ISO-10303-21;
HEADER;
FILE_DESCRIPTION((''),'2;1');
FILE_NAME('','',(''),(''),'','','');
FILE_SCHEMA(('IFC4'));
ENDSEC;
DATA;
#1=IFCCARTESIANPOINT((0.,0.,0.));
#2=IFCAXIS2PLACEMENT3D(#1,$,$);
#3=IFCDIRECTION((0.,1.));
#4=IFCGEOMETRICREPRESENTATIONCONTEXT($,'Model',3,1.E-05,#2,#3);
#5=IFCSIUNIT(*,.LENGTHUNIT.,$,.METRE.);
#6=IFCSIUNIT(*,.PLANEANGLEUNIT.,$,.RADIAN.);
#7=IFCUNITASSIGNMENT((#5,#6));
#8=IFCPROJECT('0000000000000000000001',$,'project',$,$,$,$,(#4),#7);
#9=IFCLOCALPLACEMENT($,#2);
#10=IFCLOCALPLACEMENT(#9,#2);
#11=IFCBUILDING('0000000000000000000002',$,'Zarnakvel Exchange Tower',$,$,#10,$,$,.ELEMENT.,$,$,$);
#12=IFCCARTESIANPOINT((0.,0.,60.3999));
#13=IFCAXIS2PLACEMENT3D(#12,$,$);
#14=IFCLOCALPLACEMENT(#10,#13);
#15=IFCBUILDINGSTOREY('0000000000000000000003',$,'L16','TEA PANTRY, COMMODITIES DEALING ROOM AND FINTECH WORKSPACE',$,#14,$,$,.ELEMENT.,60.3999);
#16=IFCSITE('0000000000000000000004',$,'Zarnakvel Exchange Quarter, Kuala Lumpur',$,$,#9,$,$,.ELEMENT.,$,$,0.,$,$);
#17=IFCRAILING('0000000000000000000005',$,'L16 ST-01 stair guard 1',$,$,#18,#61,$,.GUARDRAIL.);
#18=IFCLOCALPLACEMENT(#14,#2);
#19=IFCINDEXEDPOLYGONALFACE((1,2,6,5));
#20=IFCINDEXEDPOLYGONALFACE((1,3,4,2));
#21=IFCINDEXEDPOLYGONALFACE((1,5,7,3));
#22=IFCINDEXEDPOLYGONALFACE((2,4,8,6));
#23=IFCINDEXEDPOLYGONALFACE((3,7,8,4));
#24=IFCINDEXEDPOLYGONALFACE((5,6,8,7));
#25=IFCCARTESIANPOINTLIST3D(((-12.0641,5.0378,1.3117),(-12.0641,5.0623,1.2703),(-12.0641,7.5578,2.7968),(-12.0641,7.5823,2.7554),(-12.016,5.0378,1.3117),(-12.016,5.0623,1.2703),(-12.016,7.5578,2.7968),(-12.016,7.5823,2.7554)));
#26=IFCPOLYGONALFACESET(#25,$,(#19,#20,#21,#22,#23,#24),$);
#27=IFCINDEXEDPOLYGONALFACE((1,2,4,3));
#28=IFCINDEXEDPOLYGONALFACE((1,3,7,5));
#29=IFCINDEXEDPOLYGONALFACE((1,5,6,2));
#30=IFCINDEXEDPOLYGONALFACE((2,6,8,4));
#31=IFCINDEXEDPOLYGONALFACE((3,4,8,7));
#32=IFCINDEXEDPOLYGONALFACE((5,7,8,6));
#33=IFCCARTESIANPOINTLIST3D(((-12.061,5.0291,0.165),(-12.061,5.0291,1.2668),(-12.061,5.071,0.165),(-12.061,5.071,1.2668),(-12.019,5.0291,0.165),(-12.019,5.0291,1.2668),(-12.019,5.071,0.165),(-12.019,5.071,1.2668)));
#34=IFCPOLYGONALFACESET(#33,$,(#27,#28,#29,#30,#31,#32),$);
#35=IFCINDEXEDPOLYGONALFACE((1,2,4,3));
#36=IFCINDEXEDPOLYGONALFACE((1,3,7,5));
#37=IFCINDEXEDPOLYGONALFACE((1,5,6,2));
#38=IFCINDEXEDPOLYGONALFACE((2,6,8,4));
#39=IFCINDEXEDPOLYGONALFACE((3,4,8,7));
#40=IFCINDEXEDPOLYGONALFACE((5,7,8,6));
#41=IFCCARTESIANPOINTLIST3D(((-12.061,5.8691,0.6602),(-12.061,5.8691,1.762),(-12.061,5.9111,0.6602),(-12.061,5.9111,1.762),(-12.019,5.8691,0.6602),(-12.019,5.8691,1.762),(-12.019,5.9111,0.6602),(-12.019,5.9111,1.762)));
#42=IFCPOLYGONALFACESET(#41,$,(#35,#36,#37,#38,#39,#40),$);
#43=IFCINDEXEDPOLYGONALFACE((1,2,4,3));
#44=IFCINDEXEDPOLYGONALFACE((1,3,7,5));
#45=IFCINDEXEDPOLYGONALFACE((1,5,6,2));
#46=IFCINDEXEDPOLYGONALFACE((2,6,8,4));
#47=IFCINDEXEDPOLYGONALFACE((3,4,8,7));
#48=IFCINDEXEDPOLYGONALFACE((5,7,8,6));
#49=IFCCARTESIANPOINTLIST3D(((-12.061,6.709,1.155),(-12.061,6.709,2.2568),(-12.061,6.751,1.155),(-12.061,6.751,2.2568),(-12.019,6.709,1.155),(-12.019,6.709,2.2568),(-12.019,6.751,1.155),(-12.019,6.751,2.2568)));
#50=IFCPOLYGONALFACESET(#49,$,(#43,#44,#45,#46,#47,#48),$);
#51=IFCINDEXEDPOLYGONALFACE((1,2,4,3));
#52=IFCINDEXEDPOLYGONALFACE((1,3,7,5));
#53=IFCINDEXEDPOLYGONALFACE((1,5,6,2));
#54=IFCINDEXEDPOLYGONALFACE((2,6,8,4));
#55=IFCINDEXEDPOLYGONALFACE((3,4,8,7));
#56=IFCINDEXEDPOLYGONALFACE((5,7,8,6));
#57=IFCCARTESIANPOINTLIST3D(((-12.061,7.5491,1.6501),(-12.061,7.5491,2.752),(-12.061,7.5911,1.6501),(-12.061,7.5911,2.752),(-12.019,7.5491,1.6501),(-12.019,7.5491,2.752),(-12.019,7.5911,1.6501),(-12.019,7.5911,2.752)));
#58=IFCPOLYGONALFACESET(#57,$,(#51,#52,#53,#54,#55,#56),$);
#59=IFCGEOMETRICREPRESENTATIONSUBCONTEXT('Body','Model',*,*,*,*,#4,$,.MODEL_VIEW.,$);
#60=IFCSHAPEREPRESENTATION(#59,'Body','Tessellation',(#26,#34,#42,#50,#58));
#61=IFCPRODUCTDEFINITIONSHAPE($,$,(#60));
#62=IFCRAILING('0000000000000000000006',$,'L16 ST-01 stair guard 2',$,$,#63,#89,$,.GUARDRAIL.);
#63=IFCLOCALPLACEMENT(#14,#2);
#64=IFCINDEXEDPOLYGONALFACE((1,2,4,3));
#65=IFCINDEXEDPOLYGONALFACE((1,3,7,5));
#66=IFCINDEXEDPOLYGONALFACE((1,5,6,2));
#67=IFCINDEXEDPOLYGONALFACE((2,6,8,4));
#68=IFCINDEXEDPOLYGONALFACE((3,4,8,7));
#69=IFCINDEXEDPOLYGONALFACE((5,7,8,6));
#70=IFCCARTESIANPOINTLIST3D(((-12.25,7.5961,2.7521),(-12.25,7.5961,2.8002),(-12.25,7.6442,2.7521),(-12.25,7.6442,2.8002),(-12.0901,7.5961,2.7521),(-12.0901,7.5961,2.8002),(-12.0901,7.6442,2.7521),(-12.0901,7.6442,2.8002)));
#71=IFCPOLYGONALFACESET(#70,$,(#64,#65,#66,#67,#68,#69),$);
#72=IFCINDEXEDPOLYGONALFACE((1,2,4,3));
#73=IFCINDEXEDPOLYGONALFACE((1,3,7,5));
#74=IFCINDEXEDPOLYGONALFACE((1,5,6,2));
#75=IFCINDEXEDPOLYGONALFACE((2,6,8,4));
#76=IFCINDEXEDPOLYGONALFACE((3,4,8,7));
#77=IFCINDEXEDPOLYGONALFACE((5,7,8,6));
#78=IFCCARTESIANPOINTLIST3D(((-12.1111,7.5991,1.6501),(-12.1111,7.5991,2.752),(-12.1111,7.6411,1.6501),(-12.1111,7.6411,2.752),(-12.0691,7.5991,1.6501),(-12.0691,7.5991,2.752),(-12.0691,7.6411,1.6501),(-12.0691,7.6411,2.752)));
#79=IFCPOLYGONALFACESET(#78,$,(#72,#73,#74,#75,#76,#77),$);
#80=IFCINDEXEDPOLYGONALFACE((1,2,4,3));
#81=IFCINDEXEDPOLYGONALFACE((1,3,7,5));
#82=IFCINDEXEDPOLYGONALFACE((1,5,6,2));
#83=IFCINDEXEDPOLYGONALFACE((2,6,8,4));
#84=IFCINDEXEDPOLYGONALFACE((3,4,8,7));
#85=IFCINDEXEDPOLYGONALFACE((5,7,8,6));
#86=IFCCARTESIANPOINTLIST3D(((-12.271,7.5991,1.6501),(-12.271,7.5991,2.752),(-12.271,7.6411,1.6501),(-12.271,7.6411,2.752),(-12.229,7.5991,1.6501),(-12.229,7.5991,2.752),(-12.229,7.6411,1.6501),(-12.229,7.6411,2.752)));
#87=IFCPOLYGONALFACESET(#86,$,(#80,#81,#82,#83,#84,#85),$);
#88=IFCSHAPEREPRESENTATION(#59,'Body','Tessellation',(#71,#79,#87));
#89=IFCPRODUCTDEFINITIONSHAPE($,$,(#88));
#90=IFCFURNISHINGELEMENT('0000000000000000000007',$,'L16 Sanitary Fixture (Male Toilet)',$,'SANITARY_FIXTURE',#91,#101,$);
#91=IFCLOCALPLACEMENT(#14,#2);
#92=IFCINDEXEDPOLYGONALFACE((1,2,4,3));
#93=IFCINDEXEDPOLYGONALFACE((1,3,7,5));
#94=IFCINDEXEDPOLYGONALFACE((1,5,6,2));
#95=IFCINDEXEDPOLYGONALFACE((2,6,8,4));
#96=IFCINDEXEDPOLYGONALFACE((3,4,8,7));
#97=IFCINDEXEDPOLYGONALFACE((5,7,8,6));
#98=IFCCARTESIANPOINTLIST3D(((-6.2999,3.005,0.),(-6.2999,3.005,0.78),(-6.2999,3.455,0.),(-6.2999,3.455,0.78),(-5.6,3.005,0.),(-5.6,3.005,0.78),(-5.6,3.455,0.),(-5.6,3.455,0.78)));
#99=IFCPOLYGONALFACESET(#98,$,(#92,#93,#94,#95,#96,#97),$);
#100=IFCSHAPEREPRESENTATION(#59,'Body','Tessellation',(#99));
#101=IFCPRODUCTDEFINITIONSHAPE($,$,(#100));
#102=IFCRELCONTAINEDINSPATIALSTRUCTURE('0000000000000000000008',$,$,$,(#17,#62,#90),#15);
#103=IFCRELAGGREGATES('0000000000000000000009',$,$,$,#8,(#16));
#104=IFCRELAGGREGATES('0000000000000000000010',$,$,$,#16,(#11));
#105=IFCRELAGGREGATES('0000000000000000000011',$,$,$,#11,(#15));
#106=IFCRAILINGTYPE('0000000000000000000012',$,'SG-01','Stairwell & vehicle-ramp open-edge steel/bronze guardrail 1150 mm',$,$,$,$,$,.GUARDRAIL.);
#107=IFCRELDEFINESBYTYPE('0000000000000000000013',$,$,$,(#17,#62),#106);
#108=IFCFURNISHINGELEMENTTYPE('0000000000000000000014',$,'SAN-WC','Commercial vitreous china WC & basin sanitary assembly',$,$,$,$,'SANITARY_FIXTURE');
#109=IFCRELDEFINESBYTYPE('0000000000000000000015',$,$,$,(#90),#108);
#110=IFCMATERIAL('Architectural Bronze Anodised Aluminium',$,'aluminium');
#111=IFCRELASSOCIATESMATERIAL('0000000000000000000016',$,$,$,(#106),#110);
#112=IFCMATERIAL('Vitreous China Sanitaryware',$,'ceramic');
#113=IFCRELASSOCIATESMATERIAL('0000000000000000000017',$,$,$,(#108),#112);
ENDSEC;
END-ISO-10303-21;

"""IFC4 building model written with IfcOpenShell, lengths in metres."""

from ifc_helpers import new_model, si_unit, direction, frame, origin, origin_2d, place, context, subcontext, project, spatial, rectangle, extrude, source, transform, mapped, material, type_object, element, save


model = new_model("IFC4")

# Units and contexts
model_context = context("Model", 3, precision=1e-05, world=origin(), true_north=direction((0.0, 1.0)))
body_context = subcontext(model_context, "Body", "Model", "MODEL_VIEW")
ifc_project = project(units=[si_unit("LENGTHUNIT", "METRE"), si_unit("PLANEANGLEUNIT", "RADIAN")], contexts=[model_context])

# Site, building, storey
site_placement = place(None, origin())
site = spatial("IfcSite", under=ifc_project, at=site_placement, Name="Zarnakvel Exchange Quarter, Kuala Lumpur", CompositionType="ELEMENT", RefElevation=0.0)
building_placement = place(site_placement, origin())
building = spatial("IfcBuilding", under=site, at=building_placement, Name="Zarnakvel Exchange Tower", CompositionType="ELEMENT")
storey_placement = place(building_placement, frame((0.0, 0.0, 60.3999)))
storey = spatial("IfcBuildingStorey", under=building, at=storey_placement, Name="L16", Description="TEA PANTRY, COMMODITIES DEALING ROOM AND FINTECH WORKSPACE", CompositionType="ELEMENT", Elevation=60.3999)

# Railings
ifc_material_1 = material(Name="Architectural Bronze Anodised Aluminium", Category="aluminium")
railing_type_1 = type_object("IfcRailingType", Name="SG-01", Description="Stairwell & vehicle-ramp open-edge steel/bronze guardrail 1150 mm", PredefinedType="GUARDRAIL", material=ifc_material_1)
railing_1_placement = place(storey_placement, frame((-12.04, 5.05, 0.165)))
element("IfcRailing", 1, at=railing_1_placement, inside=storey, type_object=railing_type_1, Name="L16 ST-01 stair guard 1", PredefinedType="GUARDRAIL", context=body_context, shape_type="SweptSolid", body=[
    extrude(rectangle(XDim=0.0481, YDim=0.0481, at=origin_2d()), frame((0.0, 0.0, 1.126), z_axis=(0.0, 0.861524, 0.507717), x_axis=(-1.0, 0.0, 0.0)), (0.0, 0.0, 1.0), 2.925),
    extrude(rectangle(XDim=0.042, YDim=0.042, at=origin_2d()), origin(), (0.0, 0.0, 1.0), 1.1018),
    extrude(rectangle(XDim=0.042, YDim=0.042, at=origin_2d()), frame((0.0, 0.8401, 0.4951)), (0.0, 0.0, 1.0), 1.1018),
    extrude(rectangle(XDim=0.042, YDim=0.042, at=origin_2d()), frame((0.0, 1.6799, 0.99)), (0.0, 0.0, 1.0), 1.1018),
    extrude(rectangle(XDim=0.042, YDim=0.042, at=origin_2d()), frame((0.0, 2.52, 1.4851)), (0.0, 0.0, 1.0), 1.1018),
])
railing_2_placement = place(storey_placement, frame((-12.0901, 7.6201, 1.6501)))
element("IfcRailing", 2, at=railing_2_placement, inside=storey, type_object=railing_type_1, Name="L16 ST-01 stair guard 2", PredefinedType="GUARDRAIL", context=body_context, shape_type="SweptSolid", body=[
    extrude(rectangle(XDim=0.0481, YDim=0.0481, at=origin_2d()), frame((0.0, 0.0, 1.126), z_axis=(-1.0, 0.0, 0.0), x_axis=(0.0, -1.0, 0.0)), (0.0, 0.0, 1.0), 0.1599),
    extrude(rectangle(XDim=0.042, YDim=0.042, at=origin_2d()), origin(), (0.0, 0.0, 1.0), 1.1018),
    extrude(rectangle(XDim=0.042, YDim=0.042, at=origin_2d()), frame((-0.1599, 0.0, 0.0)), (0.0, 0.0, 1.0), 1.1018),
])

# Furnishing element
ifc_material_2 = material(Name="Vitreous China Sanitaryware", Category="ceramic")
furnishing_element_type = type_object("IfcFurnishingElementType", Name="SAN-WC", Description="Commercial vitreous china WC & basin sanitary assembly", ElementType="SANITARY_FIXTURE", material=ifc_material_2)
shared_shape_1 = source(origin(), body_context, "Body", "SweptSolid", [
    extrude(rectangle(XDim=0.7, YDim=0.45, at=origin_2d()), origin(), (0.0, 0.0, 1.0), 0.78),
])
furnishing_placement = place(storey_placement, frame((-5.95, 3.23, 0.0), z_axis=(0.0, 0.0, 1.0), x_axis=(1.0, 0.0, 0.0)))
element("IfcFurnishingElement", 3, at=furnishing_placement, inside=storey, type_object=furnishing_element_type, Name="L16 Sanitary Fixture (Male Toilet)", ObjectType="SANITARY_FIXTURE", context=body_context, shape_type="MappedRepresentation", body=[
    mapped(shared_shape_1, transform((0.0, 0.0, 0.0), x_axis=(1.0, 0.0, 0.0), y_axis=(0.0, 1.0, 0.0), z_axis=(0.0, 0.0, 1.0), scale=1.0)),
])

save(model, "model.ifc")
